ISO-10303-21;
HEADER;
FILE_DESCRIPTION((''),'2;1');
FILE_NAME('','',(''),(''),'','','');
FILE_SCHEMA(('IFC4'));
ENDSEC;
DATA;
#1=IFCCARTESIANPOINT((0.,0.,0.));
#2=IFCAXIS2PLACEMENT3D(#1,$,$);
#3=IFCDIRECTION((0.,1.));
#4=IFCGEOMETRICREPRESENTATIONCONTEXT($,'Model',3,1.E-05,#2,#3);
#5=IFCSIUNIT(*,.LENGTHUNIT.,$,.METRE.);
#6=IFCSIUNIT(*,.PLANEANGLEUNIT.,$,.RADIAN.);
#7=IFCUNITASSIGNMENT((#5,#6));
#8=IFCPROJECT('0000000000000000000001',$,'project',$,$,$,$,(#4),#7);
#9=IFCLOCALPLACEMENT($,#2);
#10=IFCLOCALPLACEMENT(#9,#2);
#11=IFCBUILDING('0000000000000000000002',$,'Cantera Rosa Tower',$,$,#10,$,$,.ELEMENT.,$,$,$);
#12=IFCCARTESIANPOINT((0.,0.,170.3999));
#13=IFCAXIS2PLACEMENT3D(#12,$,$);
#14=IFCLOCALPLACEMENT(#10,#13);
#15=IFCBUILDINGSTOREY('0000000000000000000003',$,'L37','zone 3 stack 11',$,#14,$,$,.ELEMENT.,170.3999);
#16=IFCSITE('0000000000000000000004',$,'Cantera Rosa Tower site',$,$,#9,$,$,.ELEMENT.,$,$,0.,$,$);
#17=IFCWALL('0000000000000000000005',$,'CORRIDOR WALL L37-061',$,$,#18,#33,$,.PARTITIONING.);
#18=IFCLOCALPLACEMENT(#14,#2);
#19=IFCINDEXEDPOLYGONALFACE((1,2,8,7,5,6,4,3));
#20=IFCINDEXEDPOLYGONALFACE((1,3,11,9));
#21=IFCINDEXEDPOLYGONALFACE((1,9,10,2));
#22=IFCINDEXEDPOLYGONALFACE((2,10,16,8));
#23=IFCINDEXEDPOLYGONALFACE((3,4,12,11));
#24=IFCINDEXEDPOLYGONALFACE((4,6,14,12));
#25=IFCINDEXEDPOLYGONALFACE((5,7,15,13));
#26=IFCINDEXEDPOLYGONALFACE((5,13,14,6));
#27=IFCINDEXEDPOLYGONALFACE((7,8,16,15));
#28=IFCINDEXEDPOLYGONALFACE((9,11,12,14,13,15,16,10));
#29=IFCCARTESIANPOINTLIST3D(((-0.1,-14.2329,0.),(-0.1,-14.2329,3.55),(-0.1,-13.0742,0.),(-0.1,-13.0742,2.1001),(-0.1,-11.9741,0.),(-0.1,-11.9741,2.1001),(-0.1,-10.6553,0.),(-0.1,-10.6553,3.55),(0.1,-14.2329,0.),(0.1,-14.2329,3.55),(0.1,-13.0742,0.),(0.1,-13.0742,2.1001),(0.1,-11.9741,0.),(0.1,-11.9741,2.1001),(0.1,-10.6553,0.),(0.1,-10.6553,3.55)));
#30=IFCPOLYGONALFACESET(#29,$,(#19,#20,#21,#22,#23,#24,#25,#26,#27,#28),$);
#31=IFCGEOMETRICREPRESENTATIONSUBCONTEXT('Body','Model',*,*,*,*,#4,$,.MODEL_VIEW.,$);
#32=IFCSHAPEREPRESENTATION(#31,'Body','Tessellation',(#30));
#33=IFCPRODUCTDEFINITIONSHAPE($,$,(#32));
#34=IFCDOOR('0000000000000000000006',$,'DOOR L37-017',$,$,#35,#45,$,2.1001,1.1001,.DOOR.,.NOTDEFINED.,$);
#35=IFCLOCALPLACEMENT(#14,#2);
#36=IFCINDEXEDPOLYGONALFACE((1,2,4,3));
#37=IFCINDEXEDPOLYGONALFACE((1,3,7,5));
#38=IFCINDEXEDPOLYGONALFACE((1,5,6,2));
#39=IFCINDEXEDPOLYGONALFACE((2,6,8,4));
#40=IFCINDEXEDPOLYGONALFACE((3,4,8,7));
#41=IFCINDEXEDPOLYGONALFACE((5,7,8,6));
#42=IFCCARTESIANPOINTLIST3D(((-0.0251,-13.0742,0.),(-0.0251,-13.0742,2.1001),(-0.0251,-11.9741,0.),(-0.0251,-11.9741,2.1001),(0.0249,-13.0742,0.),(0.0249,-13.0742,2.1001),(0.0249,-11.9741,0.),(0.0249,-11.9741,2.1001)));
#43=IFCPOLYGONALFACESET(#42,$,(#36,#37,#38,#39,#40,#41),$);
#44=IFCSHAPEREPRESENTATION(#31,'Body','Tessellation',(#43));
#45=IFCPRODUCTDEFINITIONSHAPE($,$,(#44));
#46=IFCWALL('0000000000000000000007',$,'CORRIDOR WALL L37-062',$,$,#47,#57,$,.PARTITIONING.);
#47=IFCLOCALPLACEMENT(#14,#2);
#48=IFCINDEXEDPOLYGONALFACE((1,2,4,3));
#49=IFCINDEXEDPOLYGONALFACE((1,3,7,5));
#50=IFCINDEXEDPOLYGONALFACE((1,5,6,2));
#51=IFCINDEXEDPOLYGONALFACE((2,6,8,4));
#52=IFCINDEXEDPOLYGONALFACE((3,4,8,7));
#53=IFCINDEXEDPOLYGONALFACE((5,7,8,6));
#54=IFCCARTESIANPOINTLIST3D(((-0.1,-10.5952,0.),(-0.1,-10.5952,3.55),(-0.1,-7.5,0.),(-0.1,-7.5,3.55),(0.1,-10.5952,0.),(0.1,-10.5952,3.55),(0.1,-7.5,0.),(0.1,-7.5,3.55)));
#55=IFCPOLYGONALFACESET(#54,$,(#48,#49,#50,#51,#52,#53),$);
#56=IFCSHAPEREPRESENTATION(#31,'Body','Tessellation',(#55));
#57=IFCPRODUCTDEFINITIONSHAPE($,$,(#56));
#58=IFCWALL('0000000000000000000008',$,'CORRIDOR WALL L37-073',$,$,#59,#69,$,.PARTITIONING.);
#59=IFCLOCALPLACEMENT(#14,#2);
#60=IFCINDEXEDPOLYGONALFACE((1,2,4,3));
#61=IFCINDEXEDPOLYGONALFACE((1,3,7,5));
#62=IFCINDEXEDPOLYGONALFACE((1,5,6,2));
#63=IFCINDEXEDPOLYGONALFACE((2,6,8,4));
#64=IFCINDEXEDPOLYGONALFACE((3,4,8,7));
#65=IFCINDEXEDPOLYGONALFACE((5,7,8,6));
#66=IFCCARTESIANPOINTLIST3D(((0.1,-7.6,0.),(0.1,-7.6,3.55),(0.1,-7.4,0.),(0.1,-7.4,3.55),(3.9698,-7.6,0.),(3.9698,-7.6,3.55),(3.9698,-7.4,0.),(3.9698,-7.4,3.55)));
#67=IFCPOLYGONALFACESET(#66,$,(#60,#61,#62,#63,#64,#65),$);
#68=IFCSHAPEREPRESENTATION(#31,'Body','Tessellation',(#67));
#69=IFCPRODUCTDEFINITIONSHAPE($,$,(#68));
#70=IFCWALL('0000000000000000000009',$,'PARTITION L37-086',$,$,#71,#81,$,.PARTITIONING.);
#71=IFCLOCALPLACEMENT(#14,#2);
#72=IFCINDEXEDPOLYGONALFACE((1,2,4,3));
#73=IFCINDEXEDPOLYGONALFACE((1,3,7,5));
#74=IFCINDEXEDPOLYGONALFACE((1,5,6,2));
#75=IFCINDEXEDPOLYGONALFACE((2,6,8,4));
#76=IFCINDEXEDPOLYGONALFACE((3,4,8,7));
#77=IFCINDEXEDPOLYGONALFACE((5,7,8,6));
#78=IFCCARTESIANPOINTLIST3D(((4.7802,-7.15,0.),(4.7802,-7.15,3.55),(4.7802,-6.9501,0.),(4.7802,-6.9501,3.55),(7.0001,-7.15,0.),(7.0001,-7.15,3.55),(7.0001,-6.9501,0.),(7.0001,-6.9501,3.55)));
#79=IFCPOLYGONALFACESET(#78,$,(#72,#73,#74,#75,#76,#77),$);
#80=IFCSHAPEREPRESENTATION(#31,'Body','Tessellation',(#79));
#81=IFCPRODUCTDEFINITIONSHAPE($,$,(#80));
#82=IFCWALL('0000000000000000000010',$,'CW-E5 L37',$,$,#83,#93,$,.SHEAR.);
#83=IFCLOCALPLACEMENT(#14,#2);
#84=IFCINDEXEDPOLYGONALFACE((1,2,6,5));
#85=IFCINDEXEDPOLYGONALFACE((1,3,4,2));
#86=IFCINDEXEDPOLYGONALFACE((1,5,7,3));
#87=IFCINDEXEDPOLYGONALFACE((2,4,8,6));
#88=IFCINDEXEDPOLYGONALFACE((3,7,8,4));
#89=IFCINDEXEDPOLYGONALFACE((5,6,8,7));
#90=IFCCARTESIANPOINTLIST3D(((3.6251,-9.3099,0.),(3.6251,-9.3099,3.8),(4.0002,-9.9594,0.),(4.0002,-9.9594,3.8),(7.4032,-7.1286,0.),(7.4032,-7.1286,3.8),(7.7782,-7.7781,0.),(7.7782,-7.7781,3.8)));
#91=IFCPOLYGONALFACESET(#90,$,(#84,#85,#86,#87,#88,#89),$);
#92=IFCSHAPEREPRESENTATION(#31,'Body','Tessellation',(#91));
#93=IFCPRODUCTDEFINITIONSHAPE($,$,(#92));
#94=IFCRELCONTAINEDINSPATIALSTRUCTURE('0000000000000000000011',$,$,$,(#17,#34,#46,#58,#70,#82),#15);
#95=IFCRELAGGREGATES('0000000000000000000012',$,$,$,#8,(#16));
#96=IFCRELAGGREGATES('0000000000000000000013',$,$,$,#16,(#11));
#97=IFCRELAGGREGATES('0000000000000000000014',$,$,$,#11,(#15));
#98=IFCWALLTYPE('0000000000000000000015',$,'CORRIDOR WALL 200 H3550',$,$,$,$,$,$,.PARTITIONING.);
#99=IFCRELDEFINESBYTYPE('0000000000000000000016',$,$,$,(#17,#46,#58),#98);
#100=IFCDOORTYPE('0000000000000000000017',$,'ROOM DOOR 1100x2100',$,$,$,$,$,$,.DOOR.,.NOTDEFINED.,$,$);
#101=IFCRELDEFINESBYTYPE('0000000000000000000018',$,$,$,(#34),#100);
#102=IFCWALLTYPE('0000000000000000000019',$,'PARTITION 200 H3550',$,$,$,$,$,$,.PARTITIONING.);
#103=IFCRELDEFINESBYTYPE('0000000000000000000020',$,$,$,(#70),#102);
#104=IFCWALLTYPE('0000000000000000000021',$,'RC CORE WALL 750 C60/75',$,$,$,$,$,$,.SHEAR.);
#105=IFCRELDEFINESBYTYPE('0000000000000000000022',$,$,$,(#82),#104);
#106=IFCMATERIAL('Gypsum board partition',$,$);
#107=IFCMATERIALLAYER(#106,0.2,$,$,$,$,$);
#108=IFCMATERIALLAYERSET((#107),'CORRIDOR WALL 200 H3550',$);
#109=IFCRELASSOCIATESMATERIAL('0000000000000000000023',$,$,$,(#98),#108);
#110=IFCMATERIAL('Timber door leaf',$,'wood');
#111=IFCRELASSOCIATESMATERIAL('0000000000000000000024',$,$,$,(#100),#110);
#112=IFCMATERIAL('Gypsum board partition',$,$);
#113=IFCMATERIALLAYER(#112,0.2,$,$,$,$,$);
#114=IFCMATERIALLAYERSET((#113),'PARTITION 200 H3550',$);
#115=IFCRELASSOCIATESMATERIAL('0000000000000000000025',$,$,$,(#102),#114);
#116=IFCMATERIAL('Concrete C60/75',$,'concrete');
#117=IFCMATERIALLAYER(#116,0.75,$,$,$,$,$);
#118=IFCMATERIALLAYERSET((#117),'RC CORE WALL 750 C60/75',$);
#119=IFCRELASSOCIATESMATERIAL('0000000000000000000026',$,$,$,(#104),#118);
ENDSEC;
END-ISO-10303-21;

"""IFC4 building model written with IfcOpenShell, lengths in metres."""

from ifc_helpers import new_model, si_unit, direction, frame, frame_2d, origin, place, context, subcontext, project, spatial, rectangle, extrude, material, layer, layer_set, type_object, element, fill, save


model = new_model("IFC4")

# Units and contexts
model_context = context("Model", 3, precision=1e-05, world=origin(), true_north=direction((0.0, 1.0)))
body_context = subcontext(model_context, "Body", "Model", "MODEL_VIEW")
ifc_project = project(units=[si_unit("LENGTHUNIT", "METRE"), si_unit("PLANEANGLEUNIT", "RADIAN")], contexts=[model_context])

# Site, building, storey
site_placement = place(None, origin())
site = spatial("IfcSite", under=ifc_project, at=site_placement, Name="Cantera Rosa Tower site", CompositionType="ELEMENT", RefElevation=0.0)
building_placement = place(site_placement, origin())
building = spatial("IfcBuilding", under=site, at=building_placement, Name="Cantera Rosa Tower", CompositionType="ELEMENT")
storey_placement = place(building_placement, frame((0.0, 0.0, 170.3999)))
storey = spatial("IfcBuildingStorey", under=building, at=storey_placement, Name="L37", Description="zone 3 stack 11", CompositionType="ELEMENT", Elevation=170.3999)

# Shared definitions
ifc_material_1 = material(Name="Gypsum board partition")
ifc_layer_1 = layer(ifc_material_1, 0.2)
ifc_layer_set_1 = layer_set([ifc_layer_1], Name="CORRIDOR WALL 200 H3550")
wall_type_1 = type_object("IfcWallType", Name="CORRIDOR WALL 200 H3550", PredefinedType="PARTITIONING", material=ifc_layer_set_1)
ifc_material_2 = material(Name="Timber door leaf", Category="wood")
door_type_1 = type_object("IfcDoorType", Name="ROOM DOOR 1100x2100", OperationType="NOTDEFINED", PredefinedType="DOOR", material=ifc_material_2)

# Wall, opening, door
wall_1_placement = place(storey_placement, frame((0.0, -10.6553, 0.0), z_axis=(0.0, 0.0, 1.0), x_axis=(0.0, -1.0, 0.0)))
wall_1 = element("IfcWall", 1, at=wall_1_placement, inside=storey, type_object=wall_type_1, Name="CORRIDOR WALL L37-061", PredefinedType="PARTITIONING", context=body_context, shape_type="SweptSolid", body=[
    extrude(rectangle(XDim=3.5776, YDim=0.2, at=frame_2d((1.7888, 0.0))), origin(), (0.0, 0.0, 1.0), 3.55),
])
opening_1_placement = place(wall_1_placement, frame((1.3188, 0.0, 0.0)))
opening_1 = element("IfcOpeningElement", 2, at=opening_1_placement, cuts=wall_1, PredefinedType="OPENING", context=body_context, shape_type="SweptSolid", body=[
    extrude(rectangle(XDim=1.1001, YDim=2.1001, at=frame_2d((0.55, 1.05))), frame((0.0, 0.1099, 0.0), z_axis=(0.0, -1.0, 0.0), x_axis=(1.0, 0.0, 0.0)), (0.0, 0.0, 1.0), 0.22),
])
door_1_placement = place(opening_1_placement, origin())
door_1 = element("IfcDoor", 3, at=door_1_placement, inside=storey, type_object=door_type_1, Name="DOOR L37-017", OperationType="NOTDEFINED", OverallHeight=2.1001, OverallWidth=1.1001, PredefinedType="DOOR", context=body_context, shape_type="SweptSolid", body=[
    extrude(rectangle(XDim=1.1001, YDim=2.1001, at=frame_2d((0.55, 1.05))), frame((0.0, 0.0249, 0.0), z_axis=(0.0, -1.0, 0.0), x_axis=(1.0, 0.0, 0.0)), (0.0, 0.0, 1.0), 0.05),
])
fill(opening_1, door_1)

# Walls
wall_2_placement = place(storey_placement, frame((0.0, -7.5, 0.0), z_axis=(0.0, 0.0, 1.0), x_axis=(0.0, -1.0, 0.0)))
element("IfcWall", 4, at=wall_2_placement, inside=storey, type_object=wall_type_1, Name="CORRIDOR WALL L37-062", PredefinedType="PARTITIONING", context=body_context, shape_type="SweptSolid", body=[
    extrude(rectangle(XDim=3.0952, YDim=0.2, at=frame_2d((1.5476, 0.0))), origin(), (0.0, 0.0, 1.0), 3.55),
])
wall_3_placement = place(storey_placement, frame((3.97, -7.5, 0.0), z_axis=(0.0, 0.0, 1.0), x_axis=(-1.0, 0.0, 0.0)))
element("IfcWall", 5, at=wall_3_placement, inside=storey, type_object=wall_type_1, Name="CORRIDOR WALL L37-073", PredefinedType="PARTITIONING", context=body_context, shape_type="SweptSolid", body=[
    extrude(rectangle(XDim=3.8699, YDim=0.2, at=frame_2d((1.9351, 0.0))), origin(), (0.0, 0.0, 1.0), 3.55),
])
ifc_material_3 = material(Name="Gypsum board partition")
ifc_layer_2 = layer(ifc_material_3, 0.2)
ifc_layer_set_2 = layer_set([ifc_layer_2], Name="PARTITION 200 H3550")
wall_type_2 = type_object("IfcWallType", Name="PARTITION 200 H3550", PredefinedType="PARTITIONING", material=ifc_layer_set_2)
wall_4_placement = place(storey_placement, frame((7.0, -7.05, 0.0), z_axis=(0.0, 0.0, 1.0), x_axis=(-1.0, 0.0, 0.0)))
element("IfcWall", 6, at=wall_4_placement, inside=storey, type_object=wall_type_2, Name="PARTITION L37-086", PredefinedType="PARTITIONING", context=body_context, shape_type="SweptSolid", body=[
    extrude(rectangle(XDim=2.22, YDim=0.2, at=frame_2d((1.1099, 0.0))), origin(), (0.0, 0.0, 1.0), 3.55),
])
ifc_material_4 = material(Name="Concrete C60/75", Category="concrete")
ifc_layer_3 = layer(ifc_material_4, 0.75)
ifc_layer_set_3 = layer_set([ifc_layer_3], Name="RC CORE WALL 750 C60/75")
wall_type_3 = type_object("IfcWallType", Name="RC CORE WALL 750 C60/75", PredefinedType="SHEAR", material=ifc_layer_set_3)
wall_5_placement = place(storey_placement, frame((7.5906, -7.4534, 0.0), z_axis=(0.0, 0.0, 1.0), x_axis=(-0.866013, -0.500021, 0.0)))
element("IfcWall", 7, at=wall_5_placement, inside=storey, type_object=wall_type_3, Name="CW-E5 L37", PredefinedType="SHEAR", context=body_context, shape_type="SweptSolid", body=[
    extrude(rectangle(XDim=4.3625, YDim=0.75, at=frame_2d((2.1812, 0.0))), origin(), (0.0, 0.0, 1.0), 3.8),
])

save(model, "model.ifc")
